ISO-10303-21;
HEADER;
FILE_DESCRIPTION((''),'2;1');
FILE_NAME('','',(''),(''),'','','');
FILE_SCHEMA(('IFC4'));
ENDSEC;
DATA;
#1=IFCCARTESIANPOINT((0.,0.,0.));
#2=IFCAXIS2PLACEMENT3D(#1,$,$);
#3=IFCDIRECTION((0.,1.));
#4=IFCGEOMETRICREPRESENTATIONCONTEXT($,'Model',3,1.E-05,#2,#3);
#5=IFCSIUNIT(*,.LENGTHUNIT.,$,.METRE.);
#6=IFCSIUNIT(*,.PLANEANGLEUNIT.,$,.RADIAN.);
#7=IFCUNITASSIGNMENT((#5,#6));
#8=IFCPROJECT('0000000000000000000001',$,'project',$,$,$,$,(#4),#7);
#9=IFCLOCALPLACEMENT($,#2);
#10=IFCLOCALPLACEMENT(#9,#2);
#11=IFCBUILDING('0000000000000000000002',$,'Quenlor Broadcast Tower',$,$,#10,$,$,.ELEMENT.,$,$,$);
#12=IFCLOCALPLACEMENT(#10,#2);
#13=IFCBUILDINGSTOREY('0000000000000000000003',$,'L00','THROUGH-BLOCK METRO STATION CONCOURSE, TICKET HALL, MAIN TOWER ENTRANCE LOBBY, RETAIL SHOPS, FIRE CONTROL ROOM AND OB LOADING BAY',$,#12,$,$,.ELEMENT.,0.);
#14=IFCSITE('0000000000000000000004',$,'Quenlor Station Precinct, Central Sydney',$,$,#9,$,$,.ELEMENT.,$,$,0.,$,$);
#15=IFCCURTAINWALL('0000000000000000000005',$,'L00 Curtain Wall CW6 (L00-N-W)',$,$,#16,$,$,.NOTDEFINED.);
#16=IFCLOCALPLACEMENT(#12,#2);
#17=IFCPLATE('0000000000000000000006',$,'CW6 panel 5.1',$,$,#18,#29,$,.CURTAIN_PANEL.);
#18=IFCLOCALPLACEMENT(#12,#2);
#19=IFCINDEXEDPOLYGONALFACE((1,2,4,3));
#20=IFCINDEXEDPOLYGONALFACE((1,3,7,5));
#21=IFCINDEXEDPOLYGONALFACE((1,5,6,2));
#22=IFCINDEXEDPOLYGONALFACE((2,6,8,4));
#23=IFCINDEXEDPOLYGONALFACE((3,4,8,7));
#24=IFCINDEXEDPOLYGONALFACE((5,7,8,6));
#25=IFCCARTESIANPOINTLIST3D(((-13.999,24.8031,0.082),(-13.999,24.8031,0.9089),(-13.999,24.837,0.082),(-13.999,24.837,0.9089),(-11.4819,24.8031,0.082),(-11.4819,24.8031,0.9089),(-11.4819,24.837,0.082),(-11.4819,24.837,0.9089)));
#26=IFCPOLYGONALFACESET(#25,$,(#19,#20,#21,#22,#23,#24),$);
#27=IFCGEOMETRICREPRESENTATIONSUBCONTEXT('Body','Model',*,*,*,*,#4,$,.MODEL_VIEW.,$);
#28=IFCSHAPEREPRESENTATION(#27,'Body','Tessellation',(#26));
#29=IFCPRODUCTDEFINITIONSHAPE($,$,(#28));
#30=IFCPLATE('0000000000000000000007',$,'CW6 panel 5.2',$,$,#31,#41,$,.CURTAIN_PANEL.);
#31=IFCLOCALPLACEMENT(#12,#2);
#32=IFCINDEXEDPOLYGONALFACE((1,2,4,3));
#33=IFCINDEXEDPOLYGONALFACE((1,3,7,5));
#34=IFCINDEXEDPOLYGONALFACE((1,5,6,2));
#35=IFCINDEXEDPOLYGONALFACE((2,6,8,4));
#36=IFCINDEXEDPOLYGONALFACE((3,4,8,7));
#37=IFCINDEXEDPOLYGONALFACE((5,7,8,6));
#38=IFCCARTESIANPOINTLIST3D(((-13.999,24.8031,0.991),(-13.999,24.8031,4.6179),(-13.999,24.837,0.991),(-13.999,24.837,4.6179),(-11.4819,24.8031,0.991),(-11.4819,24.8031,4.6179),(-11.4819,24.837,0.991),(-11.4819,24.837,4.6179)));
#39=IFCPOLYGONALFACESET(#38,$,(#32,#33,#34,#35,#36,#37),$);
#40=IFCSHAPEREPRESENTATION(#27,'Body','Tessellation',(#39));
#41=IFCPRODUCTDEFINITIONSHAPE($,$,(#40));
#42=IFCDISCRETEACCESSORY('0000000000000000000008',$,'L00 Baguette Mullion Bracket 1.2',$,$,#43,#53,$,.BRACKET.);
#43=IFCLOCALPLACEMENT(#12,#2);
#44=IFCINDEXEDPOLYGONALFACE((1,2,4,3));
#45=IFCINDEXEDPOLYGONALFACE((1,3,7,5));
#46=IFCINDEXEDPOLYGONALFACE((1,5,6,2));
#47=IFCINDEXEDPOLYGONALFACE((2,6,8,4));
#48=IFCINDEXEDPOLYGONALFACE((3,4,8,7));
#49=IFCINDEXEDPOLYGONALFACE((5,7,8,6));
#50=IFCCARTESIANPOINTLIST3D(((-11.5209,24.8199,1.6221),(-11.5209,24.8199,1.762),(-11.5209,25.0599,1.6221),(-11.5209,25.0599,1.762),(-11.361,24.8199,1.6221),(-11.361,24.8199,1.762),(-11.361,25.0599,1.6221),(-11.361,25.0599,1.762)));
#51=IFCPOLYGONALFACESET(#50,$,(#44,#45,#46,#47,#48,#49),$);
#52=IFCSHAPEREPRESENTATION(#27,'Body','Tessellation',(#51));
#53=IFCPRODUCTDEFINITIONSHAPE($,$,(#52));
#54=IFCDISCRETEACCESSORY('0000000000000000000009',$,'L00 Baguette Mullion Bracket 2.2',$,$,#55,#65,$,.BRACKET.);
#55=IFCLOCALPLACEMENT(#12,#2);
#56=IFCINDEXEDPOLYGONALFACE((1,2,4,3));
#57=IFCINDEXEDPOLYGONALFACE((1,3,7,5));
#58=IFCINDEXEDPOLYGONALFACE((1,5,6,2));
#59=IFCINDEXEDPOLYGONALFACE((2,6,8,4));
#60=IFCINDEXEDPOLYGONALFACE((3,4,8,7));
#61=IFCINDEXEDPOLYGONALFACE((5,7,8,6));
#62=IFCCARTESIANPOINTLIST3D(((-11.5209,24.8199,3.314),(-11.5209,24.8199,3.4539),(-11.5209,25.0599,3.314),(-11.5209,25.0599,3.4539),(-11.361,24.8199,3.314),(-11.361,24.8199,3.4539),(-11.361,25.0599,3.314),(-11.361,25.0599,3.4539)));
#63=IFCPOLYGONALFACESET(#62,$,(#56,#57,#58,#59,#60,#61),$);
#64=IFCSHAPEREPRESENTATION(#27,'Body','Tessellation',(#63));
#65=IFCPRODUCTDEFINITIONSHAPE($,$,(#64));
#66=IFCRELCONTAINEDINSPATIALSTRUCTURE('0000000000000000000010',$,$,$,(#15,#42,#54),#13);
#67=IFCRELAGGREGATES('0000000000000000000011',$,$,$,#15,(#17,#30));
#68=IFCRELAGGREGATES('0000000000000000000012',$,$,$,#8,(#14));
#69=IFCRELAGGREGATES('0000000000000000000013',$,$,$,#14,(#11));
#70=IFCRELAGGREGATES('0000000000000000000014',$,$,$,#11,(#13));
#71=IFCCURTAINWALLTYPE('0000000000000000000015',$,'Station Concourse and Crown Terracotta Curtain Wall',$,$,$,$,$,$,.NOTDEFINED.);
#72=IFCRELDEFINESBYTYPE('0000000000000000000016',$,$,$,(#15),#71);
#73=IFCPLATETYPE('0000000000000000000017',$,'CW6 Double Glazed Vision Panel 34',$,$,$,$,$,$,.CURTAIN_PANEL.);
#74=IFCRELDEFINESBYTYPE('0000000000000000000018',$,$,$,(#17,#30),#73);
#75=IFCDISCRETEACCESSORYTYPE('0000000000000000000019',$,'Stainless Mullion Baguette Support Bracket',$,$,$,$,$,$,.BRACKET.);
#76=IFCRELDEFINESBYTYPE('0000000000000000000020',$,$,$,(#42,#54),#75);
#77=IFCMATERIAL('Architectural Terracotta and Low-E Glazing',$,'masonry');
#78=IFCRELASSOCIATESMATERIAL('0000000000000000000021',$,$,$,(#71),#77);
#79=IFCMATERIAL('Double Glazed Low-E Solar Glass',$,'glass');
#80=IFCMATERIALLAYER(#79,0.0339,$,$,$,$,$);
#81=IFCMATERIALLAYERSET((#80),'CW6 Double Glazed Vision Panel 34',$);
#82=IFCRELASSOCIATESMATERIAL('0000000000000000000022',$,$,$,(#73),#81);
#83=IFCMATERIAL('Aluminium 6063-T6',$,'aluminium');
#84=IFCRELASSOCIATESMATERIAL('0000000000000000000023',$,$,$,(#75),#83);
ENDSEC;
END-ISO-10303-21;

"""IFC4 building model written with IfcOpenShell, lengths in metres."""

from ifc_helpers import new_model, si_unit, direction, frame, origin, origin_2d, place, context, subcontext, project, spatial, rectangle, extrude, material, layer, layer_set, type_object, element, aggregate, save


model = new_model("IFC4")

# Units and contexts
model_context = context("Model", 3, precision=1e-05, world=origin(), true_north=direction((0.0, 1.0)))
body_context = subcontext(model_context, "Body", "Model", "MODEL_VIEW")
ifc_project = project(units=[si_unit("LENGTHUNIT", "METRE"), si_unit("PLANEANGLEUNIT", "RADIAN")], contexts=[model_context])

# Site, building, storey
site_placement = place(None, origin())
site = spatial("IfcSite", under=ifc_project, at=site_placement, Name="Quenlor Station Precinct, Central Sydney", CompositionType="ELEMENT", RefElevation=0.0)
building_placement = place(site_placement, origin())
building = spatial("IfcBuilding", under=site, at=building_placement, Name="Quenlor Broadcast Tower", CompositionType="ELEMENT")
storey_placement = place(building_placement, origin())
storey = spatial("IfcBuildingStorey", under=building, at=storey_placement, Name="L00", Description="THROUGH-BLOCK METRO STATION CONCOURSE, TICKET HALL, MAIN TOWER ENTRANCE LOBBY, RETAIL SHOPS, FIRE CONTROL ROOM AND OB LOADING BAY", CompositionType="ELEMENT", Elevation=0.0)

# Curtain wall
ifc_material_1 = material(Name="Architectural Terracotta and Low-E Glazing", Category="masonry")
curtain_wall_type = type_object("IfcCurtainWallType", Name="Station Concourse and Crown Terracotta Curtain Wall", PredefinedType="NOTDEFINED", material=ifc_material_1)
curtain_wall_placement = place(storey_placement, origin())
curtain_wall = element("IfcCurtainWall", 1, at=curtain_wall_placement, inside=storey, type_object=curtain_wall_type, Name="L00 Curtain Wall CW6 (L00-N-W)", PredefinedType="NOTDEFINED")

# Plates
ifc_material_2 = material(Name="Double Glazed Low-E Solar Glass", Category="glass")
ifc_layer_1 = layer(ifc_material_2, 0.0339)
ifc_layer_set_1 = layer_set([ifc_layer_1], Name="CW6 Double Glazed Vision Panel 34")
plate_type = type_object("IfcPlateType", Name="CW6 Double Glazed Vision Panel 34", PredefinedType="CURTAIN_PANEL", material=ifc_layer_set_1)
plate_1_placement = place(storey_placement, frame((-12.7405, 24.8201, 0.082), z_axis=(0.0, 0.0, 1.0), x_axis=(1.0, 0.0, 0.0)))
plate_1 = element("IfcPlate", 2, at=plate_1_placement, type_object=plate_type, Name="CW6 panel 5.1", PredefinedType="CURTAIN_PANEL", context=body_context, shape_type="SweptSolid", body=[
    extrude(rectangle(XDim=2.5171, YDim=0.0339, at=origin_2d()), origin(), (0.0, 0.0, 1.0), 0.8269),
])
plate_2_placement = place(storey_placement, frame((-12.7405, 24.8201, 0.991), z_axis=(0.0, 0.0, 1.0), x_axis=(1.0, 0.0, 0.0)))
plate_2 = element("IfcPlate", 3, at=plate_2_placement, type_object=plate_type, Name="CW6 panel 5.2", PredefinedType="CURTAIN_PANEL", context=body_context, shape_type="SweptSolid", body=[
    extrude(rectangle(XDim=2.5171, YDim=0.0339, at=origin_2d()), origin(), (0.0, 0.0, 1.0), 3.627),
])
aggregate(curtain_wall, [plate_1, plate_2])

# Discrete accessories
ifc_material_3 = material(Name="Aluminium 6063-T6", Category="aluminium")
discrete_accessory_type = type_object("IfcDiscreteAccessoryType", Name="Stainless Mullion Baguette Support Bracket", PredefinedType="BRACKET", material=ifc_material_3)
for number, where, z_axis, x_axis, name in (
    (4, (-11.4409, 24.9399, 1.6221), (0.0, 0.0, 1.0), (1.0, 0.0, 0.0), "L00 Baguette Mullion Bracket 1.2"),
    (5, (-11.4409, 24.9399, 3.314), (0.0, 0.0, 1.0), (1.0, 0.0, 0.0), "L00 Baguette Mullion Bracket 2.2"),
):
    element("IfcDiscreteAccessory", number, at=place(storey_placement, frame(where, z_axis=z_axis, x_axis=x_axis)), inside=storey, type_object=discrete_accessory_type, Name=name, PredefinedType="BRACKET", context=body_context, shape_type="SweptSolid", body=[
        extrude(rectangle(XDim=0.1599, YDim=0.24, at=origin_2d()), origin(), (0.0, 0.0, 1.0), 0.1399),
    ])

save(model, "model.ifc")
